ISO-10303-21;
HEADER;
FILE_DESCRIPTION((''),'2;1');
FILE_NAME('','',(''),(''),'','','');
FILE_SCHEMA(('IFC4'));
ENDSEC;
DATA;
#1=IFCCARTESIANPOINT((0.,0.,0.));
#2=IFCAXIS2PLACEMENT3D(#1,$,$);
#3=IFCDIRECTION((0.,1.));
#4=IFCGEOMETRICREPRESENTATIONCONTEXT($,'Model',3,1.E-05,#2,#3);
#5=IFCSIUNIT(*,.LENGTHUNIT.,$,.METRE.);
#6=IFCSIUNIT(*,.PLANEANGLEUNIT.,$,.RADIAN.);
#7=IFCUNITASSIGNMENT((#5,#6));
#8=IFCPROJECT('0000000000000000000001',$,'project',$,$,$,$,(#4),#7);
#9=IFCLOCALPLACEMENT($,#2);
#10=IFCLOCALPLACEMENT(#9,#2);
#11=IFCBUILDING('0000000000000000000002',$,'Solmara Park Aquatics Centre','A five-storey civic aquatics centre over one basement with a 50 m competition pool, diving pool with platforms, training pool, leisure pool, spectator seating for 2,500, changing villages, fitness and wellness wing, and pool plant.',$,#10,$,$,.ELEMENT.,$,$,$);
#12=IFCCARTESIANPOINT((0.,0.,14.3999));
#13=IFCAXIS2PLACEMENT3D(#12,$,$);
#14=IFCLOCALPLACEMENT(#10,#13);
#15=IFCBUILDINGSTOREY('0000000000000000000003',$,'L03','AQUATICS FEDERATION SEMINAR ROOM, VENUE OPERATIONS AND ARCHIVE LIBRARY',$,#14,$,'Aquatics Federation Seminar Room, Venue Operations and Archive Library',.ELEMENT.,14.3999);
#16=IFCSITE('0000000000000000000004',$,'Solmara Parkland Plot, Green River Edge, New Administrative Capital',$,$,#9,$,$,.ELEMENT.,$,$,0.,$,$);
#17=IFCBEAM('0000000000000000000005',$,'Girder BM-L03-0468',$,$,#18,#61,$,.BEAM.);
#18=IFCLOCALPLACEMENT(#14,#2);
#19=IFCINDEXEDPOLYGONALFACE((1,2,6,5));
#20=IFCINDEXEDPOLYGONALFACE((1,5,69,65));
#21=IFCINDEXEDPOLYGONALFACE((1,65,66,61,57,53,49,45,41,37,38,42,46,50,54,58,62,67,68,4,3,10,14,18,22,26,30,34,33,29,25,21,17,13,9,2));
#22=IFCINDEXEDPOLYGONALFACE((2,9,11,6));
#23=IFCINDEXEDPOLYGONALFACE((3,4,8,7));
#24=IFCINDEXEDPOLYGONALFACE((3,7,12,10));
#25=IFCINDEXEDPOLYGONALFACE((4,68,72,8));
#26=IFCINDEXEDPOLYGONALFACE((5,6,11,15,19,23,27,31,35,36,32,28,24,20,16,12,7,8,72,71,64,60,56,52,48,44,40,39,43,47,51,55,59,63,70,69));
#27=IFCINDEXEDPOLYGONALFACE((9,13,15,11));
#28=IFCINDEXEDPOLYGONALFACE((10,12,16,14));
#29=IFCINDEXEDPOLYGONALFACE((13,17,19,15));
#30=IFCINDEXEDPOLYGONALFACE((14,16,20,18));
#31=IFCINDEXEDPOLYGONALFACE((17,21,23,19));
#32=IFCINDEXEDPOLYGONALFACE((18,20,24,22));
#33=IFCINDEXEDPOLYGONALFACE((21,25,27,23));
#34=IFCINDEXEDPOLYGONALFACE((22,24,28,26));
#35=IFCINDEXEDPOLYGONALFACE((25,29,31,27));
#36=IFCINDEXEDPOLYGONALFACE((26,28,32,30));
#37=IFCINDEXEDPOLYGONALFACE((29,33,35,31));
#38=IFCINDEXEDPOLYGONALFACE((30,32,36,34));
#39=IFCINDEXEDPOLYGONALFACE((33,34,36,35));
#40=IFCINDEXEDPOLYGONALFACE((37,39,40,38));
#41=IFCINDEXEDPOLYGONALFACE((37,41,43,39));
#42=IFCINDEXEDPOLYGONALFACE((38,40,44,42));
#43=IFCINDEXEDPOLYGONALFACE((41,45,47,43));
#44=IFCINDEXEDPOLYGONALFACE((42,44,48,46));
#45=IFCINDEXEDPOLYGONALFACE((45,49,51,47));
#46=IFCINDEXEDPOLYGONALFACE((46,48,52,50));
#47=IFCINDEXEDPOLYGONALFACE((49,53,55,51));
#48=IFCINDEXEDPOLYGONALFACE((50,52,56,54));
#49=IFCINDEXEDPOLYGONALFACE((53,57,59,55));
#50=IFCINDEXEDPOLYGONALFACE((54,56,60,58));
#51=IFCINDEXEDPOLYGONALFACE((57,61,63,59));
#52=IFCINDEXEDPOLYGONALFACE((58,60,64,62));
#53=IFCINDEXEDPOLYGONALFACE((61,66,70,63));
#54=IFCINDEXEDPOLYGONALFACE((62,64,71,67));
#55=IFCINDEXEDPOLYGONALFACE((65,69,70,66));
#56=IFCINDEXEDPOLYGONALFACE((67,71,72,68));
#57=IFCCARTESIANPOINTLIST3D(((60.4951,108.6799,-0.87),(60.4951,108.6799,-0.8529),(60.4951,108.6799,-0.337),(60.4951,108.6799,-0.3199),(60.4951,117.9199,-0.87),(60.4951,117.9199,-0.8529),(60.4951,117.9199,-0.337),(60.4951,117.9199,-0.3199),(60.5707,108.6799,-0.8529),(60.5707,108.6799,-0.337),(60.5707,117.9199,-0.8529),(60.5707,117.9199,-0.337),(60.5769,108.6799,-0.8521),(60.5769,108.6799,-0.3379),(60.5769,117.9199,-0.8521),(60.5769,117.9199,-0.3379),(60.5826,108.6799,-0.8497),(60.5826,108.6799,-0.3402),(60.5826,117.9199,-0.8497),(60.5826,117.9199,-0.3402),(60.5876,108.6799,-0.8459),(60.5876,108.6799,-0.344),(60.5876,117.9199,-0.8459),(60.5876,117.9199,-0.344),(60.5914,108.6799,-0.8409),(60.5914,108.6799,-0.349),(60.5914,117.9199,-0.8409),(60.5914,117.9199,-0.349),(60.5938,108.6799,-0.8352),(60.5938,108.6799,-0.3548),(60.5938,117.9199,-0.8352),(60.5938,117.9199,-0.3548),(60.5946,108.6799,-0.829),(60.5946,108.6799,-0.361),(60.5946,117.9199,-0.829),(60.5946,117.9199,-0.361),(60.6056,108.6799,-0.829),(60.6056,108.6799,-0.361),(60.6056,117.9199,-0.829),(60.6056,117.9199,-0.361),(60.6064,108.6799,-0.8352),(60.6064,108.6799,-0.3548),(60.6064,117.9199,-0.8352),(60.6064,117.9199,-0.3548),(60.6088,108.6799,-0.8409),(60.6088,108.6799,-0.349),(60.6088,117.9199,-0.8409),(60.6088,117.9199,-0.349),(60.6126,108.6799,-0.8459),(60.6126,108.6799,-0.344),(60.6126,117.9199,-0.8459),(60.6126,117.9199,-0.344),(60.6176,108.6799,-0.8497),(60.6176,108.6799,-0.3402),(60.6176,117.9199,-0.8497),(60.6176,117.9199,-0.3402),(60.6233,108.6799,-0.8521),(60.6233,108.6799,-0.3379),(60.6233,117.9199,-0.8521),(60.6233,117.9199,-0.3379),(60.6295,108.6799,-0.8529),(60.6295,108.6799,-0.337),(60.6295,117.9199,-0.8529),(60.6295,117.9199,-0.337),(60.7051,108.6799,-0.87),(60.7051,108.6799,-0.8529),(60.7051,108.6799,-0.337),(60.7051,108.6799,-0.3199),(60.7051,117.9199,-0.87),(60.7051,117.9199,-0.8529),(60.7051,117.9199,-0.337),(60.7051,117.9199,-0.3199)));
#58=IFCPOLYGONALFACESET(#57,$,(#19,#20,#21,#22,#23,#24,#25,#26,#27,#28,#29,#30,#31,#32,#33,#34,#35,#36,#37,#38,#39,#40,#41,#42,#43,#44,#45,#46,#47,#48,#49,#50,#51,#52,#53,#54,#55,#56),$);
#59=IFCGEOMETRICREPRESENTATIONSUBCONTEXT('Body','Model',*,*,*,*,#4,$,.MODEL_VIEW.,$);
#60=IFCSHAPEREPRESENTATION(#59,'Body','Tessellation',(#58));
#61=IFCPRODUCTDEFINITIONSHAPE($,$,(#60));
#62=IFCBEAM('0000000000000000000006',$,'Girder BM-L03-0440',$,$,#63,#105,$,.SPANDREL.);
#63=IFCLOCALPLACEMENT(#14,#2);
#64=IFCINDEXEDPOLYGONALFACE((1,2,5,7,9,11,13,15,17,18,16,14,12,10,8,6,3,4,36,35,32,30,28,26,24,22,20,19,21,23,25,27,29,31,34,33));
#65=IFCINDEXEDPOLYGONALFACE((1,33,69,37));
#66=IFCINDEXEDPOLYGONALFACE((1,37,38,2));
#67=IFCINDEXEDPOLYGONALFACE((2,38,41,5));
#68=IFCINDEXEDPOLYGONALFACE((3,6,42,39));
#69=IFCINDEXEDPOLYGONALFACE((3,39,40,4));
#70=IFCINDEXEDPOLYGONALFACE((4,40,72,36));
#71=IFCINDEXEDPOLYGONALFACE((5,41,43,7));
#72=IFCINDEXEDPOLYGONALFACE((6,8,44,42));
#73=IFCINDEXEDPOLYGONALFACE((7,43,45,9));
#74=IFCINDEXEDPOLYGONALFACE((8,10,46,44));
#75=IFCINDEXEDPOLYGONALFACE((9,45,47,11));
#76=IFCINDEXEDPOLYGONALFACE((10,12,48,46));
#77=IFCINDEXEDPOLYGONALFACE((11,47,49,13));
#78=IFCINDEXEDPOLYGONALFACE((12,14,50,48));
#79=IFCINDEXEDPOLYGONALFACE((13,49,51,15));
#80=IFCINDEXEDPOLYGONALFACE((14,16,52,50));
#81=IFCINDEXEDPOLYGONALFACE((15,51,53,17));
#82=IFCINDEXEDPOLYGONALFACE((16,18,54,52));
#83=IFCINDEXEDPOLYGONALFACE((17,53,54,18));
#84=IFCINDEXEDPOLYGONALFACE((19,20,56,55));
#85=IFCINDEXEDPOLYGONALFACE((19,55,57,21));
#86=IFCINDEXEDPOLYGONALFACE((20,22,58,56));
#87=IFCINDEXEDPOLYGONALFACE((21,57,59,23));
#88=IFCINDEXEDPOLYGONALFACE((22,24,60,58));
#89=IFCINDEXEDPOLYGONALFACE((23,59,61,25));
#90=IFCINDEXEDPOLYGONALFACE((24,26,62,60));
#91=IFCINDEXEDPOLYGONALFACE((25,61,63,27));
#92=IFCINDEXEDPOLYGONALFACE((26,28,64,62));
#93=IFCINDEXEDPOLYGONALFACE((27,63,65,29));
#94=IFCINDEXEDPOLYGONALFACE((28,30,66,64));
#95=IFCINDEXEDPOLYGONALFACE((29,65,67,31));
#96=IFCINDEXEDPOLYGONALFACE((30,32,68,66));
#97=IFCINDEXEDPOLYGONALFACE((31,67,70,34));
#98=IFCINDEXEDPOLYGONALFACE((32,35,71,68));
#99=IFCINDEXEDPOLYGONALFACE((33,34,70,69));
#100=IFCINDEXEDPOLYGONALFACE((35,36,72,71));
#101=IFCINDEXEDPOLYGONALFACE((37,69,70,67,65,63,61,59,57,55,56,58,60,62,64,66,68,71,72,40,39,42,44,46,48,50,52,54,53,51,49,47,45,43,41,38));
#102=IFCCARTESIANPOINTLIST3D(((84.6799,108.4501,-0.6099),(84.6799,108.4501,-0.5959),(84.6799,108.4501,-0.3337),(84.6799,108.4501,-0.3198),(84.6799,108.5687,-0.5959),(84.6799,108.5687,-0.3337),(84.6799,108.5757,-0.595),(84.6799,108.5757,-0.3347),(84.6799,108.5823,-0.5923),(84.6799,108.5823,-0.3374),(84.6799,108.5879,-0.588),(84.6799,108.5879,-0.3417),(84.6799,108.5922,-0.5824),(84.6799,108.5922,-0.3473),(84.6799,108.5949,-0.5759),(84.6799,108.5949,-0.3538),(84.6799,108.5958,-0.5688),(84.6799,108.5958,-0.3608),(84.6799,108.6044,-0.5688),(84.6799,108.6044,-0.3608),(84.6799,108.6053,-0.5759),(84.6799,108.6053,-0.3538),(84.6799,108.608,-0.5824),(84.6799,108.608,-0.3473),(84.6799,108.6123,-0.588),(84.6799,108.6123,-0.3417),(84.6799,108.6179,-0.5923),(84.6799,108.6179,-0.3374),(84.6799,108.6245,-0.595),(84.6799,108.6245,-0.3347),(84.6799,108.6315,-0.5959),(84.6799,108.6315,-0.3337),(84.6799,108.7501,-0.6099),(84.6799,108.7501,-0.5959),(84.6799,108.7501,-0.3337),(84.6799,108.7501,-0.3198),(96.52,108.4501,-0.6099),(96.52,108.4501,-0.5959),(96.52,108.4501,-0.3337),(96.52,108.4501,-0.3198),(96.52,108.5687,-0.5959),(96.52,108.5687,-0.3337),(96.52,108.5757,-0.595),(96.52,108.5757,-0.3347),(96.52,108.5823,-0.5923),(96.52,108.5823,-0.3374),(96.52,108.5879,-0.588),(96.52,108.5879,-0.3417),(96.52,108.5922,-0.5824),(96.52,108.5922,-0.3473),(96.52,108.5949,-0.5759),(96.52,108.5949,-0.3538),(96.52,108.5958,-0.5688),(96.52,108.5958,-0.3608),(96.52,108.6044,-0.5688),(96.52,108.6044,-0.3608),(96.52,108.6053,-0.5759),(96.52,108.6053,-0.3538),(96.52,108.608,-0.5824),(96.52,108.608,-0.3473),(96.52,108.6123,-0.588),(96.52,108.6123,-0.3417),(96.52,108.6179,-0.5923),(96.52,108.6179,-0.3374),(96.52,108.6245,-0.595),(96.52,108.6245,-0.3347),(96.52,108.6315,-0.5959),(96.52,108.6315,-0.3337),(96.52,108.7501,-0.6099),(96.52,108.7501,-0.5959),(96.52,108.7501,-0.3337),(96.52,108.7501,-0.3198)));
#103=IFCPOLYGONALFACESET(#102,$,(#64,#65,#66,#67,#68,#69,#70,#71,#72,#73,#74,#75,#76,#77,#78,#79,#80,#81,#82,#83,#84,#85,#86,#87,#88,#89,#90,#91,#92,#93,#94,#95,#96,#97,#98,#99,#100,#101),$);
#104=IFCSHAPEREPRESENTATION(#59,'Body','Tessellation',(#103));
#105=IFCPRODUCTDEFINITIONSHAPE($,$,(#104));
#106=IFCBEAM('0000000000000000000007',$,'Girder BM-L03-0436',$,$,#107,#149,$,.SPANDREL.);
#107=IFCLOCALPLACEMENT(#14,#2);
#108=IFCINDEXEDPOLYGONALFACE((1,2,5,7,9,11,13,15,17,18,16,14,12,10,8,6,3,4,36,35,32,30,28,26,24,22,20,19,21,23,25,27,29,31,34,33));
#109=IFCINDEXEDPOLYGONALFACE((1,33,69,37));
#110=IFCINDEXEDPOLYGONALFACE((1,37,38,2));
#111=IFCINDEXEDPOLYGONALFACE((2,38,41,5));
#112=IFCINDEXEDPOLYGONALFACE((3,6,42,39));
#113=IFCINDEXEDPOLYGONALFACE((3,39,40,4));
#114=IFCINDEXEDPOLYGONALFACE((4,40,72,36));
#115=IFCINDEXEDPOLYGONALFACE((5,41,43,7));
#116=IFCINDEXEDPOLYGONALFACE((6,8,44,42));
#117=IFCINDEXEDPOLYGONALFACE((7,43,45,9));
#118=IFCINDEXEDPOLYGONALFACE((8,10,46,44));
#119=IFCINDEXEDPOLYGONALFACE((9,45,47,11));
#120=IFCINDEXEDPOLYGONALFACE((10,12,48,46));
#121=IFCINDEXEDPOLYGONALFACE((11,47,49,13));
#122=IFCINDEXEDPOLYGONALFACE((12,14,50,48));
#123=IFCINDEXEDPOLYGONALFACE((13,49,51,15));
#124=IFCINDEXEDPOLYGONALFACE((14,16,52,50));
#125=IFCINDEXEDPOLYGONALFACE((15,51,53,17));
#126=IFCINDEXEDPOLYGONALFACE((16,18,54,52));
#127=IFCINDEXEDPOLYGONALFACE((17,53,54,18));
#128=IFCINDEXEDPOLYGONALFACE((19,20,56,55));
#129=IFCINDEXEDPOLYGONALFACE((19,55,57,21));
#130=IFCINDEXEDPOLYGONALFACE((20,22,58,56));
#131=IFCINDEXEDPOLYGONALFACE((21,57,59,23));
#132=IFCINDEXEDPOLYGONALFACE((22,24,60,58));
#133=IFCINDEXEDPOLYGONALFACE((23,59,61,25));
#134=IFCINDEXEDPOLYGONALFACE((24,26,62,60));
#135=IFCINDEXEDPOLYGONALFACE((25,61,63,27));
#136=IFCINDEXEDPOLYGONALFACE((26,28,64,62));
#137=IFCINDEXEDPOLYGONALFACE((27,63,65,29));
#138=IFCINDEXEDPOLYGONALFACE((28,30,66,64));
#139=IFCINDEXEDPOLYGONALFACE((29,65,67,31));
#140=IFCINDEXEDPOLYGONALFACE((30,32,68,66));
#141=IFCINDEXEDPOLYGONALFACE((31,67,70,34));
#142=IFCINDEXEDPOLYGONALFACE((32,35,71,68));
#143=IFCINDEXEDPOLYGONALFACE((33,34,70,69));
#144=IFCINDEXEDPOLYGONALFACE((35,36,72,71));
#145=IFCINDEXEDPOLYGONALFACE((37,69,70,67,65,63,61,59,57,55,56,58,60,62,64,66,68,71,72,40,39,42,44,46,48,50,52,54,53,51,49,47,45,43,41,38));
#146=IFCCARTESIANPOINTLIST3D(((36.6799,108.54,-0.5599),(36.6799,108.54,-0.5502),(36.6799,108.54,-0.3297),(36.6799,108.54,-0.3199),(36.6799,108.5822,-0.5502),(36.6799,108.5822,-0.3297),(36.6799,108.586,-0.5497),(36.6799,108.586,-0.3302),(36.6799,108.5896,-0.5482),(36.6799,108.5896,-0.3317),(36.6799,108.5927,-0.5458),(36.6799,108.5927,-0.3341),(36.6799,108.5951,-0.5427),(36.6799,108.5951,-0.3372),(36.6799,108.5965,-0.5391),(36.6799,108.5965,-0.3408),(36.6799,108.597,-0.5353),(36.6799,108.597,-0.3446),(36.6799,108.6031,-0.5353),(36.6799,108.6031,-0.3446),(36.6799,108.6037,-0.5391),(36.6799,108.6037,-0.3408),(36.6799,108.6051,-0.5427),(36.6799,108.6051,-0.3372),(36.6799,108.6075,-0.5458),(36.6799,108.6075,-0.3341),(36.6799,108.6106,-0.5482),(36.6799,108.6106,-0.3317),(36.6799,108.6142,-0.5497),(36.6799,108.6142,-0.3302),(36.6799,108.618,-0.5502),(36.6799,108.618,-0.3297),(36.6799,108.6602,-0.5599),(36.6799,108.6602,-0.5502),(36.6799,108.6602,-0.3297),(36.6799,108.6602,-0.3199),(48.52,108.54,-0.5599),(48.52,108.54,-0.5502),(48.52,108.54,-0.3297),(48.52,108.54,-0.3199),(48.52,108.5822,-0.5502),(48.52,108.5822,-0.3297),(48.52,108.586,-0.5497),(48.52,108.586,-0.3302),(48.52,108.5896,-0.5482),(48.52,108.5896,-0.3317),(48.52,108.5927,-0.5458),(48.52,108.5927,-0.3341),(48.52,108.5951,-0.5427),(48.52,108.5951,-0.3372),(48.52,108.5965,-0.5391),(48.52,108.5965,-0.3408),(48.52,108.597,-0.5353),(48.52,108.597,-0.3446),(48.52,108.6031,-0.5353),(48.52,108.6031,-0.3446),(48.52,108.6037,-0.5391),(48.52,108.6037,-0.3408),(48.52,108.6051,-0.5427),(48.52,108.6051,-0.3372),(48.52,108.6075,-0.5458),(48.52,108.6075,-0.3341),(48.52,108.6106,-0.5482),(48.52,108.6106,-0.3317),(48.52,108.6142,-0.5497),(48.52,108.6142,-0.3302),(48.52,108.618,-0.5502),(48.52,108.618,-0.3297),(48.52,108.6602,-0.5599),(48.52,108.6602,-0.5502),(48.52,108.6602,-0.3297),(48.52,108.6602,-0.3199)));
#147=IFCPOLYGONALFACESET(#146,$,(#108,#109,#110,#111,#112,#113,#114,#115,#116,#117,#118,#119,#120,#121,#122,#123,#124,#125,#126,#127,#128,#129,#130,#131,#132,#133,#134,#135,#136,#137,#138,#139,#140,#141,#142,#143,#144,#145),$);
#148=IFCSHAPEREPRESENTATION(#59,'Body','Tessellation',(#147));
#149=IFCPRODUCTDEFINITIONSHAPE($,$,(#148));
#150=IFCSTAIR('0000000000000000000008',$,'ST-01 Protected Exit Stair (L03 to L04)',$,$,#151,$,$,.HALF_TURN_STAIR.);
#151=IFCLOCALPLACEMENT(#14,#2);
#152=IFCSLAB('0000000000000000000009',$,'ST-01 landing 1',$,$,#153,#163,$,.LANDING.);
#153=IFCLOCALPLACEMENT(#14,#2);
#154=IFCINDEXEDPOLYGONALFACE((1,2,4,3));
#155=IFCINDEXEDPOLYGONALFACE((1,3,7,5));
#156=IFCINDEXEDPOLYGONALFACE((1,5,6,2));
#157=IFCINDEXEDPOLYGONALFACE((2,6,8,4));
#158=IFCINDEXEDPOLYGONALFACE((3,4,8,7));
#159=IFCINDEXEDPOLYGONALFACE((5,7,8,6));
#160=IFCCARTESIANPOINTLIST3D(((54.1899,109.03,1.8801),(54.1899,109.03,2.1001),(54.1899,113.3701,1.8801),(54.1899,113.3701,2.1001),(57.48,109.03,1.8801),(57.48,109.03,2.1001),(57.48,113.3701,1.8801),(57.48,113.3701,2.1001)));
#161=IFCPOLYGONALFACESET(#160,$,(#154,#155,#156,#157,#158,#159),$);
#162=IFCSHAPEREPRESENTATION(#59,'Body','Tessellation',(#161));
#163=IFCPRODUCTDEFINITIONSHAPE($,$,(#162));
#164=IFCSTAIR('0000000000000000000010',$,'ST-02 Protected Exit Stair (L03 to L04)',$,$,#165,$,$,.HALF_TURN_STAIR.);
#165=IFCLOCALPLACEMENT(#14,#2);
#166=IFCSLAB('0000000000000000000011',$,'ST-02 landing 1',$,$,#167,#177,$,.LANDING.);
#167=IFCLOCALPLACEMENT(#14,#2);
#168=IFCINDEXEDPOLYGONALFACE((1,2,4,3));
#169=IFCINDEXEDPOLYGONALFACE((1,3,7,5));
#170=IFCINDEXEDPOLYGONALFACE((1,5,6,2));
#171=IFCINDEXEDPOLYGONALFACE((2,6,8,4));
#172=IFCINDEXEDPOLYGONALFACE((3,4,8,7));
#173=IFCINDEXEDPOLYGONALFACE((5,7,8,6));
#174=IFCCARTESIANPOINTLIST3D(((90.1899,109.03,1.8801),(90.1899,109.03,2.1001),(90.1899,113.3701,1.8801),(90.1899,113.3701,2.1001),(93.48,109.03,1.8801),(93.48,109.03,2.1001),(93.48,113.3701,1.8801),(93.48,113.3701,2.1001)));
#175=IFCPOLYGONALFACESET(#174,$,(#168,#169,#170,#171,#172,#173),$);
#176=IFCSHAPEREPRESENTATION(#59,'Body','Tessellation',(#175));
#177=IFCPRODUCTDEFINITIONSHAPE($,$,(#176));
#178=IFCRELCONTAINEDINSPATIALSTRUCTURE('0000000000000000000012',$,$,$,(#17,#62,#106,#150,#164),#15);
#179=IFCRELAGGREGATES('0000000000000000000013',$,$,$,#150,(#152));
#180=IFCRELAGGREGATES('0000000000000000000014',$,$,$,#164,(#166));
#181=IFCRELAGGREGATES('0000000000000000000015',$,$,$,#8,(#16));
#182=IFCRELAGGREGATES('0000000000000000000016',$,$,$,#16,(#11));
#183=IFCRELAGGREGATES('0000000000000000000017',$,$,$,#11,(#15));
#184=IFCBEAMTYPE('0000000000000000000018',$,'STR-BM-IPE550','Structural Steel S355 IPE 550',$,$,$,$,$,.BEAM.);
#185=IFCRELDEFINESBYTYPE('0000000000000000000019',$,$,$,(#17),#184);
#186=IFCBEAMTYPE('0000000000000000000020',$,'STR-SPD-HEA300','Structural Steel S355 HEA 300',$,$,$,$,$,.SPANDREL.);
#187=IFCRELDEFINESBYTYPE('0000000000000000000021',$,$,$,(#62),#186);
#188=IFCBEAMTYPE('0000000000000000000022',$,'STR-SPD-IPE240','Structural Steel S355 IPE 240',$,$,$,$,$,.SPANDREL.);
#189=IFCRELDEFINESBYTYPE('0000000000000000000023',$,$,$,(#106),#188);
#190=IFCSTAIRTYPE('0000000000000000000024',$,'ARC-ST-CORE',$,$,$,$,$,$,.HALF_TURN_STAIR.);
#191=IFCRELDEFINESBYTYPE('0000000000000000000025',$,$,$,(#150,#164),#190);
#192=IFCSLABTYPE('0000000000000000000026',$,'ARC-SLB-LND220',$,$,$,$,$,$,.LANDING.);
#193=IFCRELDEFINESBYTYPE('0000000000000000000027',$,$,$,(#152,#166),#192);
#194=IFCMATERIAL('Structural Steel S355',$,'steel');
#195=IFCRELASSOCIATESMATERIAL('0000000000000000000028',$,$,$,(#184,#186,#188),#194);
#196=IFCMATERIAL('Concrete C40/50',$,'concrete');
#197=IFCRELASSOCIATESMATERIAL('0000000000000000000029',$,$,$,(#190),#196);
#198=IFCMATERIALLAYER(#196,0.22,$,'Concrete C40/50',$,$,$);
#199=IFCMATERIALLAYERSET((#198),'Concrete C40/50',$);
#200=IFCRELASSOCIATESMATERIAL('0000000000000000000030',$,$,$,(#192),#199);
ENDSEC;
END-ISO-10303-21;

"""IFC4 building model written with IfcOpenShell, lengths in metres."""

from ifc_helpers import new_model, si_unit, direction, frame, origin, origin_2d, place, context, subcontext, project, spatial, polyline, i_section, outline, extrude, material, layer, layer_set, material_profile, profile_set, type_object, element, aggregate, save


model = new_model("IFC4")

# Units and contexts
model_context = context("Model", 3, precision=1e-05, world=origin(), true_north=direction((0.0, 1.0)))
body_context = subcontext(model_context, "Body", "Model", "MODEL_VIEW")
ifc_project = project(units=[si_unit("LENGTHUNIT", "METRE"), si_unit("PLANEANGLEUNIT", "RADIAN")], contexts=[model_context])

# Site, building, storey
site_placement = place(None, origin())
site = spatial("IfcSite", under=ifc_project, at=site_placement, Name="Solmara Parkland Plot, Green River Edge, New Administrative Capital", CompositionType="ELEMENT", RefElevation=0.0)
building_placement = place(site_placement, origin())
building = spatial("IfcBuilding", under=site, at=building_placement, Name="Solmara Park Aquatics Centre", Description="A five-storey civic aquatics centre over one basement with a 50 m competition pool, diving pool with platforms, training pool, leisure pool, spectator seating for 2,500, changing villages, fitness and wellness wing, and pool plant.", CompositionType="ELEMENT")
storey_placement = place(building_placement, frame((0.0, 0.0, 14.3999)))
storey = spatial("IfcBuildingStorey", under=building, at=storey_placement, Name="L03", Description="AQUATICS FEDERATION SEMINAR ROOM, VENUE OPERATIONS AND ARCHIVE LIBRARY", LongName="Aquatics Federation Seminar Room, Venue Operations and Archive Library", CompositionType="ELEMENT", Elevation=14.3999)

# Shared definitions
ifc_material_1 = material(Name="Concrete C40/50", Category="concrete")

# Beams
ifc_material_2 = material(Name="Structural Steel S355", Category="steel")
ifc_material_profile_1 = material_profile(ifc_material_2, i_section(OverallWidth=0.21, OverallDepth=0.55, WebThickness=0.011, FlangeThickness=0.0171, FilletRadius=0.0239, at=origin_2d()), Name="IPE 550")
ifc_profile_set_1 = profile_set([ifc_material_profile_1], Name="Structural Steel S355")
beam_type_1 = type_object("IfcBeamType", Name="STR-BM-IPE550", Description="Structural Steel S355 IPE 550", PredefinedType="BEAM", material=ifc_profile_set_1)
for number, where, z_axis, x_axis, name in (
    (1, (60.6001, 108.6799, -0.595), (0.0, 1.0, 0.0), (-1.0, 0.0, 0.0), "Girder BM-L03-0468"),
):
    element("IfcBeam", number, at=place(storey_placement, frame(where, z_axis=z_axis, x_axis=x_axis)), inside=storey, type_object=beam_type_1, Name=name, PredefinedType="BEAM", context=body_context, shape_type="SweptSolid", body=[
        extrude(i_section(OverallWidth=0.21, OverallDepth=0.55, WebThickness=0.011, FlangeThickness=0.0171, FilletRadius=0.0239, at=origin_2d()), origin(), (0.0, 0.0, 1.0), 9.24),
    ])
ifc_material_profile_2 = material_profile(ifc_material_2, i_section(OverallWidth=0.3, OverallDepth=0.29, WebThickness=0.0085, FlangeThickness=0.0139, FilletRadius=0.0271, at=origin_2d()), Name="HEA 300")
ifc_profile_set_2 = profile_set([ifc_material_profile_2], Name="Structural Steel S355")
beam_type_2 = type_object("IfcBeamType", Name="STR-SPD-HEA300", Description="Structural Steel S355 HEA 300", PredefinedType="SPANDREL", material=ifc_profile_set_2)
beam_1_placement = place(storey_placement, frame((84.6799, 108.6001, -0.4648), z_axis=(1.0, 0.0, 0.0), x_axis=(0.0, 1.0, 0.0)))
element("IfcBeam", 2, at=beam_1_placement, inside=storey, type_object=beam_type_2, Name="Girder BM-L03-0440", PredefinedType="SPANDREL", context=body_context, shape_type="SweptSolid", body=[
    extrude(i_section(OverallWidth=0.3, OverallDepth=0.29, WebThickness=0.0085, FlangeThickness=0.0139, FilletRadius=0.0271, at=origin_2d()), origin(), (0.0, 0.0, 1.0), 11.8401),
])
ifc_material_profile_3 = material_profile(ifc_material_2, i_section(OverallWidth=0.1201, OverallDepth=0.24, WebThickness=0.0061, FlangeThickness=0.0098, FilletRadius=0.0149, at=origin_2d()), Name="IPE 240")
ifc_profile_set_3 = profile_set([ifc_material_profile_3], Name="Structural Steel S355")
beam_type_3 = type_object("IfcBeamType", Name="STR-SPD-IPE240", Description="Structural Steel S355 IPE 240", PredefinedType="SPANDREL", material=ifc_profile_set_3)
beam_2_placement = place(storey_placement, frame((36.6799, 108.6001, -0.4399), z_axis=(1.0, 0.0, 0.0), x_axis=(0.0, 1.0, 0.0)))
element("IfcBeam", 3, at=beam_2_placement, inside=storey, type_object=beam_type_3, Name="Girder BM-L03-0436", PredefinedType="SPANDREL", context=body_context, shape_type="SweptSolid", body=[
    extrude(i_section(OverallWidth=0.1201, OverallDepth=0.24, WebThickness=0.0061, FlangeThickness=0.0098, FilletRadius=0.0149, at=origin_2d()), origin(), (0.0, 0.0, 1.0), 11.8401),
])

# Stairs, slabs
stair_type = type_object("IfcStairType", Name="ARC-ST-CORE", PredefinedType="HALF_TURN_STAIR", material=ifc_material_1)
stair_1_placement = place(storey_placement, origin())
stair_1 = element("IfcStair", 4, at=stair_1_placement, inside=storey, type_object=stair_type, Name="ST-01 Protected Exit Stair (L03 to L04)", PredefinedType="HALF_TURN_STAIR")
ifc_layer_1 = layer(ifc_material_1, 0.22, Name="Concrete C40/50")
ifc_layer_set_1 = layer_set([ifc_layer_1], Name="Concrete C40/50")
slab_type_1 = type_object("IfcSlabType", Name="ARC-SLB-LND220", PredefinedType="LANDING", material=ifc_layer_set_1)
slab_1_placement = place(storey_placement, frame((0.0, 0.0, 1.8801)))
slab_1 = element("IfcSlab", 5, at=slab_1_placement, type_object=slab_type_1, Name="ST-01 landing 1", PredefinedType="LANDING", context=body_context, shape_type="SweptSolid", body=[
    extrude(outline(polyline([(54.1899, 109.03), (57.48, 109.03), (57.48, 113.3701), (54.1899, 113.3701), (54.1899, 109.03)])), origin(), (0.0, 0.0, 1.0), 0.22),
])
aggregate(stair_1, [slab_1])
stair_2_placement = place(storey_placement, origin())
stair_2 = element("IfcStair", 6, at=stair_2_placement, inside=storey, type_object=stair_type, Name="ST-02 Protected Exit Stair (L03 to L04)", PredefinedType="HALF_TURN_STAIR")
slab_2_placement = place(storey_placement, frame((0.0, 0.0, 1.8801)))
slab_2 = element("IfcSlab", 7, at=slab_2_placement, type_object=slab_type_1, Name="ST-02 landing 1", PredefinedType="LANDING", context=body_context, shape_type="SweptSolid", body=[
    extrude(outline(polyline([(90.1899, 109.03), (93.48, 109.03), (93.48, 113.3701), (90.1899, 113.3701), (90.1899, 109.03)])), origin(), (0.0, 0.0, 1.0), 0.22),
])
aggregate(stair_2, [slab_2])

save(model, "model.ifc")
